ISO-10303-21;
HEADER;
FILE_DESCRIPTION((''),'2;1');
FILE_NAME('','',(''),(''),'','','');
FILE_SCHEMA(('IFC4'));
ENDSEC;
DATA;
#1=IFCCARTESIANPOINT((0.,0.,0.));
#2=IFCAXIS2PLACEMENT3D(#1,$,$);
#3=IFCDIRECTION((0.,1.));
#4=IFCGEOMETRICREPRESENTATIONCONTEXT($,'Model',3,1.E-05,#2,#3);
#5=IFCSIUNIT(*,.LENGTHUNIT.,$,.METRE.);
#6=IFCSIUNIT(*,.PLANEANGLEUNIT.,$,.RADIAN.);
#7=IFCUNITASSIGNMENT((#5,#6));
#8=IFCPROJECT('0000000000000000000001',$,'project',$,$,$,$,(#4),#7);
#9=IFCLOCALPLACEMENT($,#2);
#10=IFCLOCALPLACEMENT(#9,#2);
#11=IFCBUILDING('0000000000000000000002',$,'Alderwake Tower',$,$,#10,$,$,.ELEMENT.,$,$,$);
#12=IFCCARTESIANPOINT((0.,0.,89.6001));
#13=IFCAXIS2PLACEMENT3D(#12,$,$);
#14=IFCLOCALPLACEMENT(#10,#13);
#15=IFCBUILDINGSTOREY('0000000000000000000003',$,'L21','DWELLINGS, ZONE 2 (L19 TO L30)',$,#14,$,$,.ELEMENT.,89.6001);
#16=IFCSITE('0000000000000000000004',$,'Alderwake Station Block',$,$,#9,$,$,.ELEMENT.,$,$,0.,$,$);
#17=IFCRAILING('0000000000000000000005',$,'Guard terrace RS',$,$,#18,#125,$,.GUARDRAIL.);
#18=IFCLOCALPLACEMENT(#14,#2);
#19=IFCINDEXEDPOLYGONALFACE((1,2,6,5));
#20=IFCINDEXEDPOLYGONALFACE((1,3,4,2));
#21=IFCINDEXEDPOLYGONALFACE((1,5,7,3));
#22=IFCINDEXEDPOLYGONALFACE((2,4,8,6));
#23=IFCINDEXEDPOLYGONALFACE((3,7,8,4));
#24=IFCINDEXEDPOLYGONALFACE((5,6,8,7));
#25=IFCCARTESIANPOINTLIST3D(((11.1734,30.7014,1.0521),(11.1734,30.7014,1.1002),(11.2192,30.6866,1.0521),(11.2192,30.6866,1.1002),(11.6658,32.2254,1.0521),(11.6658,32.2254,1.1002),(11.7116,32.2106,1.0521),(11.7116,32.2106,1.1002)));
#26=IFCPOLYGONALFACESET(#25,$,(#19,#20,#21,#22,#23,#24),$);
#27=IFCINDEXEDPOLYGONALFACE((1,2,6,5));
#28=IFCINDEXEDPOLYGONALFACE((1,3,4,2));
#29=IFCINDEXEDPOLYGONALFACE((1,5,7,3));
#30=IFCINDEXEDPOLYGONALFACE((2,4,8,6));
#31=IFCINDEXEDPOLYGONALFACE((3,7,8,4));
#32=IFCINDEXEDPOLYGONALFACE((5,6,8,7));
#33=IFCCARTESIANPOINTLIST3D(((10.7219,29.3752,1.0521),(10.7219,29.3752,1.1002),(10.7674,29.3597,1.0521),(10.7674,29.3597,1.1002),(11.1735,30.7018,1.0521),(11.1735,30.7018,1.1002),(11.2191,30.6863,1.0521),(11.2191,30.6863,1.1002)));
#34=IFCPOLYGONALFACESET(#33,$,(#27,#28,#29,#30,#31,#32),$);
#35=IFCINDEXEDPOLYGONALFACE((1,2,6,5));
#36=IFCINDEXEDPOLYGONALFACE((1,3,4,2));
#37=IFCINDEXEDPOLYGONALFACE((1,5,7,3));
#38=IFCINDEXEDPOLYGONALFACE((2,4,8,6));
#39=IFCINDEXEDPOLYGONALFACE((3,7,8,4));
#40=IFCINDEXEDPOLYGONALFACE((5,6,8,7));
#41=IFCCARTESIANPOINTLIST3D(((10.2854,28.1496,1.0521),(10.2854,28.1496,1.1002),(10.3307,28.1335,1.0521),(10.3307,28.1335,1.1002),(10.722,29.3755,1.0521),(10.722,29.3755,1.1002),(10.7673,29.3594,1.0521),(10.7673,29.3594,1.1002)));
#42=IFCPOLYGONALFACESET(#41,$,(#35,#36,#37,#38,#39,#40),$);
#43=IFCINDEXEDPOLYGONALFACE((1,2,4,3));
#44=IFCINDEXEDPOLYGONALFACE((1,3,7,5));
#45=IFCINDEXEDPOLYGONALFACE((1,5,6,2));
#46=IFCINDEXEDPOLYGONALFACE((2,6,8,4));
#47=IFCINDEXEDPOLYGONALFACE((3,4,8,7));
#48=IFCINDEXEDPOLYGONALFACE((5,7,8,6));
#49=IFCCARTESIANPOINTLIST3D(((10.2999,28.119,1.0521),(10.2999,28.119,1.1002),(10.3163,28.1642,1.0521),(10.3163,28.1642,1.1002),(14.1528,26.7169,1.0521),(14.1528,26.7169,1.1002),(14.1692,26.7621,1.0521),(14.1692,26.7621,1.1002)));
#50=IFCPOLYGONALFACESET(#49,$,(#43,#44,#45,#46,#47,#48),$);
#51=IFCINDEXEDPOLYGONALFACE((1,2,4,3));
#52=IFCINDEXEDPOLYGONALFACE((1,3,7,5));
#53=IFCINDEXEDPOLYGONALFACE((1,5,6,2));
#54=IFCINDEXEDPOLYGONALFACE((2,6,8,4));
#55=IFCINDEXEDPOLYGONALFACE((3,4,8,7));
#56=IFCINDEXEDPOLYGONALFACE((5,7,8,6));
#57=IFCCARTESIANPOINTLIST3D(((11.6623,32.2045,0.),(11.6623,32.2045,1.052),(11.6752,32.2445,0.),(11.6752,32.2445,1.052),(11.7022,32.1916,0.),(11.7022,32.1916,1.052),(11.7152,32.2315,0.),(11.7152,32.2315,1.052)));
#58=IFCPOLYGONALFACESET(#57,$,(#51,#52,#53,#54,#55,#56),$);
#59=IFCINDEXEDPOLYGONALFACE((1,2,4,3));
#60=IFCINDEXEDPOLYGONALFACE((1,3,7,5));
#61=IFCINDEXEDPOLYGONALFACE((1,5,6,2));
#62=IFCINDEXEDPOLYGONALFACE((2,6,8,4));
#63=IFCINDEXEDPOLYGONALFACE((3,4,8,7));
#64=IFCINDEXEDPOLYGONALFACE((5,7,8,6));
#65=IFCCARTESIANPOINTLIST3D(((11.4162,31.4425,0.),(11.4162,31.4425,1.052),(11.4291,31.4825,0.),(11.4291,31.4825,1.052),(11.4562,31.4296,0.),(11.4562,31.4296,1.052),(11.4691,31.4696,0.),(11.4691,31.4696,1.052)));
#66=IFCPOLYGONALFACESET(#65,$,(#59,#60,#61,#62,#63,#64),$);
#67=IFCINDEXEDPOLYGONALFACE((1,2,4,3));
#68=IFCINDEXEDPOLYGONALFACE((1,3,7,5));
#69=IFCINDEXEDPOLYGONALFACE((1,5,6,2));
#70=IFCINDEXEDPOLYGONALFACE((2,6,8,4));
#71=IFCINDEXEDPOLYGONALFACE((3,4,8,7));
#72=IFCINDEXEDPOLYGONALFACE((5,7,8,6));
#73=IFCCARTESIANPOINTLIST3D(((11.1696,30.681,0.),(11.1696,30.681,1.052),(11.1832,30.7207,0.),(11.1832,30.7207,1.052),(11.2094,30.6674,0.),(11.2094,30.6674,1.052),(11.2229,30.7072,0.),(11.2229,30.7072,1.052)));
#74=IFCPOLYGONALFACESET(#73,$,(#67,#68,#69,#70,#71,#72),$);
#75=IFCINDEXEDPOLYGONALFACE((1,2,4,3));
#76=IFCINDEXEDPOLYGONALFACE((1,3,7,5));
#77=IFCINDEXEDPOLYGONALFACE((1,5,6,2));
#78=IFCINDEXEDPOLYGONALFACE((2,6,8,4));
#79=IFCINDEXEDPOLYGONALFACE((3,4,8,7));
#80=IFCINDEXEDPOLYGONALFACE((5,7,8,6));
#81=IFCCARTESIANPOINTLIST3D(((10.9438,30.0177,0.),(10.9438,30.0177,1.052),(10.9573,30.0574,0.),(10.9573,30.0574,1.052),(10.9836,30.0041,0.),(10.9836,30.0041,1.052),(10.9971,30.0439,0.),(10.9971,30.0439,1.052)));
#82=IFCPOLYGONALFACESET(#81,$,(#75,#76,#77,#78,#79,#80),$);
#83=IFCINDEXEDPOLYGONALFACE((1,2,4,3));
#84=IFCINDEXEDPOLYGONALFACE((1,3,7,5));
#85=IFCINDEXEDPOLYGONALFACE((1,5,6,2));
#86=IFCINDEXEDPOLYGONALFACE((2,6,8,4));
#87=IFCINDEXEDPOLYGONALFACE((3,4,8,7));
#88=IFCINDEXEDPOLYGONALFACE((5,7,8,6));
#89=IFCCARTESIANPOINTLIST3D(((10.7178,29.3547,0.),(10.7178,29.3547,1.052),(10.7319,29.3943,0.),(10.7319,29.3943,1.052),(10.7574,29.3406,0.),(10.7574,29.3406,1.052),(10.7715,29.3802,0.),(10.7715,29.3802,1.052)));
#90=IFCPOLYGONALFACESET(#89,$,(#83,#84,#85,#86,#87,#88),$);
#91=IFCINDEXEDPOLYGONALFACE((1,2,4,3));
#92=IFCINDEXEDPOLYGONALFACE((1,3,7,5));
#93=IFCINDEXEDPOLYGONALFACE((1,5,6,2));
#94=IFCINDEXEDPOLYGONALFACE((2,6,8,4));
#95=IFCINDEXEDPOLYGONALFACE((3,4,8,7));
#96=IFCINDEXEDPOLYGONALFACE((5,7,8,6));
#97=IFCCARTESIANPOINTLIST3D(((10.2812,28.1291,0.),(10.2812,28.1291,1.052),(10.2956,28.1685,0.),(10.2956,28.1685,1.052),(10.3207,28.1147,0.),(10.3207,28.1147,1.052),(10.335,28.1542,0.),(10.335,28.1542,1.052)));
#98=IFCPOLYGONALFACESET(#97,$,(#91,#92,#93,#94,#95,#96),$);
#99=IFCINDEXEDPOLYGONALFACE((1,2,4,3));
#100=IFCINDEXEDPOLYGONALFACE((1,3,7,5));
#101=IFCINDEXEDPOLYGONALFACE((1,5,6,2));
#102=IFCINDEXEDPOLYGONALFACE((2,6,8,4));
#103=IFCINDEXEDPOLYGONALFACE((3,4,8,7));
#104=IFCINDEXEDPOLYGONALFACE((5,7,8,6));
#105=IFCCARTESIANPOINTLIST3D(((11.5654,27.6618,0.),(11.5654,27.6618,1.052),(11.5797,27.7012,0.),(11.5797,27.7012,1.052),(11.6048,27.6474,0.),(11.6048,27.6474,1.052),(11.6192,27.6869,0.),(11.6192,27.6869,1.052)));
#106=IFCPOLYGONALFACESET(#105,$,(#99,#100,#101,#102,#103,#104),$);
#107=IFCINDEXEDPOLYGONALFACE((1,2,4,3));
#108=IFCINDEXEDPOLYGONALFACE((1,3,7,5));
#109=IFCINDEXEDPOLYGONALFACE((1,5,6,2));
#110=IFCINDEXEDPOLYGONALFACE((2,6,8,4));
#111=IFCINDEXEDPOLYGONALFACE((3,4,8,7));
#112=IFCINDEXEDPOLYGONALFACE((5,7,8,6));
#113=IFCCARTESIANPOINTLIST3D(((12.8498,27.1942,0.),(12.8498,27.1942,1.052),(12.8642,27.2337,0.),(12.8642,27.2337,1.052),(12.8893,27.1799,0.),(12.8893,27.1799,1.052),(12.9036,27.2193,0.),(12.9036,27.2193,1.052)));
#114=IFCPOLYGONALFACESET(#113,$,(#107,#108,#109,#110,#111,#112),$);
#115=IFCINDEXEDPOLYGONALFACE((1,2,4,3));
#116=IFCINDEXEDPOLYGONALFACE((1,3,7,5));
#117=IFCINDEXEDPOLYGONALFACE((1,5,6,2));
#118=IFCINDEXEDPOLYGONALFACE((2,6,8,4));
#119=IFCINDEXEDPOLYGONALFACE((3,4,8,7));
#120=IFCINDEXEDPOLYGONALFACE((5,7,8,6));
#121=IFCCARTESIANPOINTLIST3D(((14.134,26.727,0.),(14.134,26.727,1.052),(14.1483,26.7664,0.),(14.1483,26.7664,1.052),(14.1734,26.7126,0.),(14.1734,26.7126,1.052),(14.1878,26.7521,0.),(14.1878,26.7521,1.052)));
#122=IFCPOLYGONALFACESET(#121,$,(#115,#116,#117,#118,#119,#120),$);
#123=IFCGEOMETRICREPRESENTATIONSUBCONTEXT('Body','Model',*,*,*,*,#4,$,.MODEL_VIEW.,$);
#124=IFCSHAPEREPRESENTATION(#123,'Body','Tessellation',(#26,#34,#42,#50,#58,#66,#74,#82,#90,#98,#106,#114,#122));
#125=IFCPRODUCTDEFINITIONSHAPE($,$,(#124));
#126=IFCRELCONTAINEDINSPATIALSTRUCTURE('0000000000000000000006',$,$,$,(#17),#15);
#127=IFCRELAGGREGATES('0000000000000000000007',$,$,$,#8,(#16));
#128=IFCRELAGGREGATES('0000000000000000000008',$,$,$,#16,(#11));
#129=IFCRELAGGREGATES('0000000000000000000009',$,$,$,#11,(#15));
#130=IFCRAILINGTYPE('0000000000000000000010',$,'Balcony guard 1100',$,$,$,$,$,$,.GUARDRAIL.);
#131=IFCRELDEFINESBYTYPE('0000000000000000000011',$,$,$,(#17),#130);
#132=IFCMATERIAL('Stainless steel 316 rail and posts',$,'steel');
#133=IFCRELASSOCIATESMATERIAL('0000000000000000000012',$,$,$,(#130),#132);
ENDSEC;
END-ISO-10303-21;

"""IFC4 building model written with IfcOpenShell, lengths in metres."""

from ifc_helpers import new_model, si_unit, direction, frame, origin, origin_2d, place, context, subcontext, project, spatial, rectangle, extrude, material, type_object, element, save


model = new_model("IFC4")

# Units and contexts
model_context = context("Model", 3, precision=1e-05, world=origin(), true_north=direction((0.0, 1.0)))
body_context = subcontext(model_context, "Body", "Model", "MODEL_VIEW")
ifc_project = project(units=[si_unit("LENGTHUNIT", "METRE"), si_unit("PLANEANGLEUNIT", "RADIAN")], contexts=[model_context])

# Site, building, storey
site_placement = place(None, origin())
site = spatial("IfcSite", under=ifc_project, at=site_placement, Name="Alderwake Station Block", CompositionType="ELEMENT", RefElevation=0.0)
building_placement = place(site_placement, origin())
building = spatial("IfcBuilding", under=site, at=building_placement, Name="Alderwake Tower", CompositionType="ELEMENT")
storey_placement = place(building_placement, frame((0.0, 0.0, 89.6001)))
storey = spatial("IfcBuildingStorey", under=building, at=storey_placement, Name="L21", Description="DWELLINGS, ZONE 2 (L19 TO L30)", CompositionType="ELEMENT", Elevation=89.6001)

# Railing
ifc_material_1 = material(Name="Stainless steel 316 rail and posts", Category="steel")
railing_type = type_object("IfcRailingType", Name="Balcony guard 1100", PredefinedType="GUARDRAIL", material=ifc_material_1)
railing_1_placement = place(storey_placement, frame((11.6887, 32.218, 0.0)))
element("IfcRailing", 1, at=railing_1_placement, inside=storey, type_object=railing_type, Name="Guard terrace RS", PredefinedType="GUARDRAIL", context=body_context, shape_type="SweptSolid", body=[
    extrude(rectangle(XDim=0.0481, YDim=0.0481, at=origin_2d()), frame((0.0, 0.0, 1.0762), z_axis=(-0.307479, -0.951555, 0.0), x_axis=(0.951555, -0.307479, 0.0)), (0.0, 0.0, 1.0), 1.6016),
    extrude(rectangle(XDim=0.0481, YDim=0.0481, at=origin_2d()), frame((-0.4924, -1.5239, 1.0762), z_axis=(-0.322284, -0.946643, 0.0), x_axis=(0.946643, -0.322284, 0.0)), (0.0, 0.0, 1.0), 1.4014),
    extrude(rectangle(XDim=0.0481, YDim=0.0481, at=origin_2d()), frame((-0.9441, -2.8506, 1.0762), z_axis=(-0.335469, -0.942051, 0.0), x_axis=(0.942051, -0.335469, 0.0)), (0.0, 0.0, 1.0), 1.3013),
    extrude(rectangle(XDim=0.0481, YDim=0.0481, at=origin_2d()), frame((-1.3806, -4.0764, 1.0762), z_axis=(0.939708, -0.341977, 0.0), x_axis=(0.341977, 0.939708, 0.0)), (0.0, 0.0, 1.0), 4.1001),
    extrude(rectangle(XDim=0.042, YDim=0.042, at=origin_2d()), frame((0.0, 0.0, 0.0), z_axis=(0.0, 0.0, 1.0), x_axis=(-0.307479, -0.951555, 0.0)), (0.0, 0.0, 1.0), 1.052),
    extrude(rectangle(XDim=0.042, YDim=0.042, at=origin_2d()), frame((-0.2461, -0.762, 0.0), z_axis=(0.0, 0.0, 1.0), x_axis=(-0.307479, -0.951555, 0.0)), (0.0, 0.0, 1.0), 1.052),
    extrude(rectangle(XDim=0.042, YDim=0.042, at=origin_2d()), frame((-0.4924, -1.5239, 0.0), z_axis=(0.0, 0.0, 1.0), x_axis=(-0.322284, -0.946643, 0.0)), (0.0, 0.0, 1.0), 1.052),
    extrude(rectangle(XDim=0.042, YDim=0.042, at=origin_2d()), frame((-0.7183, -2.1873, 0.0), z_axis=(0.0, 0.0, 1.0), x_axis=(-0.322284, -0.946643, 0.0)), (0.0, 0.0, 1.0), 1.052),
    extrude(rectangle(XDim=0.042, YDim=0.042, at=origin_2d()), frame((-0.9441, -2.8506, 0.0), z_axis=(0.0, 0.0, 1.0), x_axis=(-0.335469, -0.942051, 0.0)), (0.0, 0.0, 1.0), 1.052),
    extrude(rectangle(XDim=0.042, YDim=0.042, at=origin_2d()), frame((-1.3806, -4.0764, 0.0), z_axis=(0.0, 0.0, 1.0), x_axis=(0.939708, -0.341977, 0.0)), (0.0, 0.0, 1.0), 1.052),
    extrude(rectangle(XDim=0.042, YDim=0.042, at=origin_2d()), frame((-0.0964, -4.5437, 0.0), z_axis=(0.0, 0.0, 1.0), x_axis=(0.939708, -0.341977, 0.0)), (0.0, 0.0, 1.0), 1.052),
    extrude(rectangle(XDim=0.042, YDim=0.042, at=origin_2d()), frame((1.188, -5.0112, 0.0), z_axis=(0.0, 0.0, 1.0), x_axis=(0.939708, -0.341977, 0.0)), (0.0, 0.0, 1.0), 1.052),
    extrude(rectangle(XDim=0.042, YDim=0.042, at=origin_2d()), frame((2.4722, -5.4785, 0.0), z_axis=(0.0, 0.0, 1.0), x_axis=(0.939708, -0.341977, 0.0)), (0.0, 0.0, 1.0), 1.052),
])

save(model, "model.ifc")
